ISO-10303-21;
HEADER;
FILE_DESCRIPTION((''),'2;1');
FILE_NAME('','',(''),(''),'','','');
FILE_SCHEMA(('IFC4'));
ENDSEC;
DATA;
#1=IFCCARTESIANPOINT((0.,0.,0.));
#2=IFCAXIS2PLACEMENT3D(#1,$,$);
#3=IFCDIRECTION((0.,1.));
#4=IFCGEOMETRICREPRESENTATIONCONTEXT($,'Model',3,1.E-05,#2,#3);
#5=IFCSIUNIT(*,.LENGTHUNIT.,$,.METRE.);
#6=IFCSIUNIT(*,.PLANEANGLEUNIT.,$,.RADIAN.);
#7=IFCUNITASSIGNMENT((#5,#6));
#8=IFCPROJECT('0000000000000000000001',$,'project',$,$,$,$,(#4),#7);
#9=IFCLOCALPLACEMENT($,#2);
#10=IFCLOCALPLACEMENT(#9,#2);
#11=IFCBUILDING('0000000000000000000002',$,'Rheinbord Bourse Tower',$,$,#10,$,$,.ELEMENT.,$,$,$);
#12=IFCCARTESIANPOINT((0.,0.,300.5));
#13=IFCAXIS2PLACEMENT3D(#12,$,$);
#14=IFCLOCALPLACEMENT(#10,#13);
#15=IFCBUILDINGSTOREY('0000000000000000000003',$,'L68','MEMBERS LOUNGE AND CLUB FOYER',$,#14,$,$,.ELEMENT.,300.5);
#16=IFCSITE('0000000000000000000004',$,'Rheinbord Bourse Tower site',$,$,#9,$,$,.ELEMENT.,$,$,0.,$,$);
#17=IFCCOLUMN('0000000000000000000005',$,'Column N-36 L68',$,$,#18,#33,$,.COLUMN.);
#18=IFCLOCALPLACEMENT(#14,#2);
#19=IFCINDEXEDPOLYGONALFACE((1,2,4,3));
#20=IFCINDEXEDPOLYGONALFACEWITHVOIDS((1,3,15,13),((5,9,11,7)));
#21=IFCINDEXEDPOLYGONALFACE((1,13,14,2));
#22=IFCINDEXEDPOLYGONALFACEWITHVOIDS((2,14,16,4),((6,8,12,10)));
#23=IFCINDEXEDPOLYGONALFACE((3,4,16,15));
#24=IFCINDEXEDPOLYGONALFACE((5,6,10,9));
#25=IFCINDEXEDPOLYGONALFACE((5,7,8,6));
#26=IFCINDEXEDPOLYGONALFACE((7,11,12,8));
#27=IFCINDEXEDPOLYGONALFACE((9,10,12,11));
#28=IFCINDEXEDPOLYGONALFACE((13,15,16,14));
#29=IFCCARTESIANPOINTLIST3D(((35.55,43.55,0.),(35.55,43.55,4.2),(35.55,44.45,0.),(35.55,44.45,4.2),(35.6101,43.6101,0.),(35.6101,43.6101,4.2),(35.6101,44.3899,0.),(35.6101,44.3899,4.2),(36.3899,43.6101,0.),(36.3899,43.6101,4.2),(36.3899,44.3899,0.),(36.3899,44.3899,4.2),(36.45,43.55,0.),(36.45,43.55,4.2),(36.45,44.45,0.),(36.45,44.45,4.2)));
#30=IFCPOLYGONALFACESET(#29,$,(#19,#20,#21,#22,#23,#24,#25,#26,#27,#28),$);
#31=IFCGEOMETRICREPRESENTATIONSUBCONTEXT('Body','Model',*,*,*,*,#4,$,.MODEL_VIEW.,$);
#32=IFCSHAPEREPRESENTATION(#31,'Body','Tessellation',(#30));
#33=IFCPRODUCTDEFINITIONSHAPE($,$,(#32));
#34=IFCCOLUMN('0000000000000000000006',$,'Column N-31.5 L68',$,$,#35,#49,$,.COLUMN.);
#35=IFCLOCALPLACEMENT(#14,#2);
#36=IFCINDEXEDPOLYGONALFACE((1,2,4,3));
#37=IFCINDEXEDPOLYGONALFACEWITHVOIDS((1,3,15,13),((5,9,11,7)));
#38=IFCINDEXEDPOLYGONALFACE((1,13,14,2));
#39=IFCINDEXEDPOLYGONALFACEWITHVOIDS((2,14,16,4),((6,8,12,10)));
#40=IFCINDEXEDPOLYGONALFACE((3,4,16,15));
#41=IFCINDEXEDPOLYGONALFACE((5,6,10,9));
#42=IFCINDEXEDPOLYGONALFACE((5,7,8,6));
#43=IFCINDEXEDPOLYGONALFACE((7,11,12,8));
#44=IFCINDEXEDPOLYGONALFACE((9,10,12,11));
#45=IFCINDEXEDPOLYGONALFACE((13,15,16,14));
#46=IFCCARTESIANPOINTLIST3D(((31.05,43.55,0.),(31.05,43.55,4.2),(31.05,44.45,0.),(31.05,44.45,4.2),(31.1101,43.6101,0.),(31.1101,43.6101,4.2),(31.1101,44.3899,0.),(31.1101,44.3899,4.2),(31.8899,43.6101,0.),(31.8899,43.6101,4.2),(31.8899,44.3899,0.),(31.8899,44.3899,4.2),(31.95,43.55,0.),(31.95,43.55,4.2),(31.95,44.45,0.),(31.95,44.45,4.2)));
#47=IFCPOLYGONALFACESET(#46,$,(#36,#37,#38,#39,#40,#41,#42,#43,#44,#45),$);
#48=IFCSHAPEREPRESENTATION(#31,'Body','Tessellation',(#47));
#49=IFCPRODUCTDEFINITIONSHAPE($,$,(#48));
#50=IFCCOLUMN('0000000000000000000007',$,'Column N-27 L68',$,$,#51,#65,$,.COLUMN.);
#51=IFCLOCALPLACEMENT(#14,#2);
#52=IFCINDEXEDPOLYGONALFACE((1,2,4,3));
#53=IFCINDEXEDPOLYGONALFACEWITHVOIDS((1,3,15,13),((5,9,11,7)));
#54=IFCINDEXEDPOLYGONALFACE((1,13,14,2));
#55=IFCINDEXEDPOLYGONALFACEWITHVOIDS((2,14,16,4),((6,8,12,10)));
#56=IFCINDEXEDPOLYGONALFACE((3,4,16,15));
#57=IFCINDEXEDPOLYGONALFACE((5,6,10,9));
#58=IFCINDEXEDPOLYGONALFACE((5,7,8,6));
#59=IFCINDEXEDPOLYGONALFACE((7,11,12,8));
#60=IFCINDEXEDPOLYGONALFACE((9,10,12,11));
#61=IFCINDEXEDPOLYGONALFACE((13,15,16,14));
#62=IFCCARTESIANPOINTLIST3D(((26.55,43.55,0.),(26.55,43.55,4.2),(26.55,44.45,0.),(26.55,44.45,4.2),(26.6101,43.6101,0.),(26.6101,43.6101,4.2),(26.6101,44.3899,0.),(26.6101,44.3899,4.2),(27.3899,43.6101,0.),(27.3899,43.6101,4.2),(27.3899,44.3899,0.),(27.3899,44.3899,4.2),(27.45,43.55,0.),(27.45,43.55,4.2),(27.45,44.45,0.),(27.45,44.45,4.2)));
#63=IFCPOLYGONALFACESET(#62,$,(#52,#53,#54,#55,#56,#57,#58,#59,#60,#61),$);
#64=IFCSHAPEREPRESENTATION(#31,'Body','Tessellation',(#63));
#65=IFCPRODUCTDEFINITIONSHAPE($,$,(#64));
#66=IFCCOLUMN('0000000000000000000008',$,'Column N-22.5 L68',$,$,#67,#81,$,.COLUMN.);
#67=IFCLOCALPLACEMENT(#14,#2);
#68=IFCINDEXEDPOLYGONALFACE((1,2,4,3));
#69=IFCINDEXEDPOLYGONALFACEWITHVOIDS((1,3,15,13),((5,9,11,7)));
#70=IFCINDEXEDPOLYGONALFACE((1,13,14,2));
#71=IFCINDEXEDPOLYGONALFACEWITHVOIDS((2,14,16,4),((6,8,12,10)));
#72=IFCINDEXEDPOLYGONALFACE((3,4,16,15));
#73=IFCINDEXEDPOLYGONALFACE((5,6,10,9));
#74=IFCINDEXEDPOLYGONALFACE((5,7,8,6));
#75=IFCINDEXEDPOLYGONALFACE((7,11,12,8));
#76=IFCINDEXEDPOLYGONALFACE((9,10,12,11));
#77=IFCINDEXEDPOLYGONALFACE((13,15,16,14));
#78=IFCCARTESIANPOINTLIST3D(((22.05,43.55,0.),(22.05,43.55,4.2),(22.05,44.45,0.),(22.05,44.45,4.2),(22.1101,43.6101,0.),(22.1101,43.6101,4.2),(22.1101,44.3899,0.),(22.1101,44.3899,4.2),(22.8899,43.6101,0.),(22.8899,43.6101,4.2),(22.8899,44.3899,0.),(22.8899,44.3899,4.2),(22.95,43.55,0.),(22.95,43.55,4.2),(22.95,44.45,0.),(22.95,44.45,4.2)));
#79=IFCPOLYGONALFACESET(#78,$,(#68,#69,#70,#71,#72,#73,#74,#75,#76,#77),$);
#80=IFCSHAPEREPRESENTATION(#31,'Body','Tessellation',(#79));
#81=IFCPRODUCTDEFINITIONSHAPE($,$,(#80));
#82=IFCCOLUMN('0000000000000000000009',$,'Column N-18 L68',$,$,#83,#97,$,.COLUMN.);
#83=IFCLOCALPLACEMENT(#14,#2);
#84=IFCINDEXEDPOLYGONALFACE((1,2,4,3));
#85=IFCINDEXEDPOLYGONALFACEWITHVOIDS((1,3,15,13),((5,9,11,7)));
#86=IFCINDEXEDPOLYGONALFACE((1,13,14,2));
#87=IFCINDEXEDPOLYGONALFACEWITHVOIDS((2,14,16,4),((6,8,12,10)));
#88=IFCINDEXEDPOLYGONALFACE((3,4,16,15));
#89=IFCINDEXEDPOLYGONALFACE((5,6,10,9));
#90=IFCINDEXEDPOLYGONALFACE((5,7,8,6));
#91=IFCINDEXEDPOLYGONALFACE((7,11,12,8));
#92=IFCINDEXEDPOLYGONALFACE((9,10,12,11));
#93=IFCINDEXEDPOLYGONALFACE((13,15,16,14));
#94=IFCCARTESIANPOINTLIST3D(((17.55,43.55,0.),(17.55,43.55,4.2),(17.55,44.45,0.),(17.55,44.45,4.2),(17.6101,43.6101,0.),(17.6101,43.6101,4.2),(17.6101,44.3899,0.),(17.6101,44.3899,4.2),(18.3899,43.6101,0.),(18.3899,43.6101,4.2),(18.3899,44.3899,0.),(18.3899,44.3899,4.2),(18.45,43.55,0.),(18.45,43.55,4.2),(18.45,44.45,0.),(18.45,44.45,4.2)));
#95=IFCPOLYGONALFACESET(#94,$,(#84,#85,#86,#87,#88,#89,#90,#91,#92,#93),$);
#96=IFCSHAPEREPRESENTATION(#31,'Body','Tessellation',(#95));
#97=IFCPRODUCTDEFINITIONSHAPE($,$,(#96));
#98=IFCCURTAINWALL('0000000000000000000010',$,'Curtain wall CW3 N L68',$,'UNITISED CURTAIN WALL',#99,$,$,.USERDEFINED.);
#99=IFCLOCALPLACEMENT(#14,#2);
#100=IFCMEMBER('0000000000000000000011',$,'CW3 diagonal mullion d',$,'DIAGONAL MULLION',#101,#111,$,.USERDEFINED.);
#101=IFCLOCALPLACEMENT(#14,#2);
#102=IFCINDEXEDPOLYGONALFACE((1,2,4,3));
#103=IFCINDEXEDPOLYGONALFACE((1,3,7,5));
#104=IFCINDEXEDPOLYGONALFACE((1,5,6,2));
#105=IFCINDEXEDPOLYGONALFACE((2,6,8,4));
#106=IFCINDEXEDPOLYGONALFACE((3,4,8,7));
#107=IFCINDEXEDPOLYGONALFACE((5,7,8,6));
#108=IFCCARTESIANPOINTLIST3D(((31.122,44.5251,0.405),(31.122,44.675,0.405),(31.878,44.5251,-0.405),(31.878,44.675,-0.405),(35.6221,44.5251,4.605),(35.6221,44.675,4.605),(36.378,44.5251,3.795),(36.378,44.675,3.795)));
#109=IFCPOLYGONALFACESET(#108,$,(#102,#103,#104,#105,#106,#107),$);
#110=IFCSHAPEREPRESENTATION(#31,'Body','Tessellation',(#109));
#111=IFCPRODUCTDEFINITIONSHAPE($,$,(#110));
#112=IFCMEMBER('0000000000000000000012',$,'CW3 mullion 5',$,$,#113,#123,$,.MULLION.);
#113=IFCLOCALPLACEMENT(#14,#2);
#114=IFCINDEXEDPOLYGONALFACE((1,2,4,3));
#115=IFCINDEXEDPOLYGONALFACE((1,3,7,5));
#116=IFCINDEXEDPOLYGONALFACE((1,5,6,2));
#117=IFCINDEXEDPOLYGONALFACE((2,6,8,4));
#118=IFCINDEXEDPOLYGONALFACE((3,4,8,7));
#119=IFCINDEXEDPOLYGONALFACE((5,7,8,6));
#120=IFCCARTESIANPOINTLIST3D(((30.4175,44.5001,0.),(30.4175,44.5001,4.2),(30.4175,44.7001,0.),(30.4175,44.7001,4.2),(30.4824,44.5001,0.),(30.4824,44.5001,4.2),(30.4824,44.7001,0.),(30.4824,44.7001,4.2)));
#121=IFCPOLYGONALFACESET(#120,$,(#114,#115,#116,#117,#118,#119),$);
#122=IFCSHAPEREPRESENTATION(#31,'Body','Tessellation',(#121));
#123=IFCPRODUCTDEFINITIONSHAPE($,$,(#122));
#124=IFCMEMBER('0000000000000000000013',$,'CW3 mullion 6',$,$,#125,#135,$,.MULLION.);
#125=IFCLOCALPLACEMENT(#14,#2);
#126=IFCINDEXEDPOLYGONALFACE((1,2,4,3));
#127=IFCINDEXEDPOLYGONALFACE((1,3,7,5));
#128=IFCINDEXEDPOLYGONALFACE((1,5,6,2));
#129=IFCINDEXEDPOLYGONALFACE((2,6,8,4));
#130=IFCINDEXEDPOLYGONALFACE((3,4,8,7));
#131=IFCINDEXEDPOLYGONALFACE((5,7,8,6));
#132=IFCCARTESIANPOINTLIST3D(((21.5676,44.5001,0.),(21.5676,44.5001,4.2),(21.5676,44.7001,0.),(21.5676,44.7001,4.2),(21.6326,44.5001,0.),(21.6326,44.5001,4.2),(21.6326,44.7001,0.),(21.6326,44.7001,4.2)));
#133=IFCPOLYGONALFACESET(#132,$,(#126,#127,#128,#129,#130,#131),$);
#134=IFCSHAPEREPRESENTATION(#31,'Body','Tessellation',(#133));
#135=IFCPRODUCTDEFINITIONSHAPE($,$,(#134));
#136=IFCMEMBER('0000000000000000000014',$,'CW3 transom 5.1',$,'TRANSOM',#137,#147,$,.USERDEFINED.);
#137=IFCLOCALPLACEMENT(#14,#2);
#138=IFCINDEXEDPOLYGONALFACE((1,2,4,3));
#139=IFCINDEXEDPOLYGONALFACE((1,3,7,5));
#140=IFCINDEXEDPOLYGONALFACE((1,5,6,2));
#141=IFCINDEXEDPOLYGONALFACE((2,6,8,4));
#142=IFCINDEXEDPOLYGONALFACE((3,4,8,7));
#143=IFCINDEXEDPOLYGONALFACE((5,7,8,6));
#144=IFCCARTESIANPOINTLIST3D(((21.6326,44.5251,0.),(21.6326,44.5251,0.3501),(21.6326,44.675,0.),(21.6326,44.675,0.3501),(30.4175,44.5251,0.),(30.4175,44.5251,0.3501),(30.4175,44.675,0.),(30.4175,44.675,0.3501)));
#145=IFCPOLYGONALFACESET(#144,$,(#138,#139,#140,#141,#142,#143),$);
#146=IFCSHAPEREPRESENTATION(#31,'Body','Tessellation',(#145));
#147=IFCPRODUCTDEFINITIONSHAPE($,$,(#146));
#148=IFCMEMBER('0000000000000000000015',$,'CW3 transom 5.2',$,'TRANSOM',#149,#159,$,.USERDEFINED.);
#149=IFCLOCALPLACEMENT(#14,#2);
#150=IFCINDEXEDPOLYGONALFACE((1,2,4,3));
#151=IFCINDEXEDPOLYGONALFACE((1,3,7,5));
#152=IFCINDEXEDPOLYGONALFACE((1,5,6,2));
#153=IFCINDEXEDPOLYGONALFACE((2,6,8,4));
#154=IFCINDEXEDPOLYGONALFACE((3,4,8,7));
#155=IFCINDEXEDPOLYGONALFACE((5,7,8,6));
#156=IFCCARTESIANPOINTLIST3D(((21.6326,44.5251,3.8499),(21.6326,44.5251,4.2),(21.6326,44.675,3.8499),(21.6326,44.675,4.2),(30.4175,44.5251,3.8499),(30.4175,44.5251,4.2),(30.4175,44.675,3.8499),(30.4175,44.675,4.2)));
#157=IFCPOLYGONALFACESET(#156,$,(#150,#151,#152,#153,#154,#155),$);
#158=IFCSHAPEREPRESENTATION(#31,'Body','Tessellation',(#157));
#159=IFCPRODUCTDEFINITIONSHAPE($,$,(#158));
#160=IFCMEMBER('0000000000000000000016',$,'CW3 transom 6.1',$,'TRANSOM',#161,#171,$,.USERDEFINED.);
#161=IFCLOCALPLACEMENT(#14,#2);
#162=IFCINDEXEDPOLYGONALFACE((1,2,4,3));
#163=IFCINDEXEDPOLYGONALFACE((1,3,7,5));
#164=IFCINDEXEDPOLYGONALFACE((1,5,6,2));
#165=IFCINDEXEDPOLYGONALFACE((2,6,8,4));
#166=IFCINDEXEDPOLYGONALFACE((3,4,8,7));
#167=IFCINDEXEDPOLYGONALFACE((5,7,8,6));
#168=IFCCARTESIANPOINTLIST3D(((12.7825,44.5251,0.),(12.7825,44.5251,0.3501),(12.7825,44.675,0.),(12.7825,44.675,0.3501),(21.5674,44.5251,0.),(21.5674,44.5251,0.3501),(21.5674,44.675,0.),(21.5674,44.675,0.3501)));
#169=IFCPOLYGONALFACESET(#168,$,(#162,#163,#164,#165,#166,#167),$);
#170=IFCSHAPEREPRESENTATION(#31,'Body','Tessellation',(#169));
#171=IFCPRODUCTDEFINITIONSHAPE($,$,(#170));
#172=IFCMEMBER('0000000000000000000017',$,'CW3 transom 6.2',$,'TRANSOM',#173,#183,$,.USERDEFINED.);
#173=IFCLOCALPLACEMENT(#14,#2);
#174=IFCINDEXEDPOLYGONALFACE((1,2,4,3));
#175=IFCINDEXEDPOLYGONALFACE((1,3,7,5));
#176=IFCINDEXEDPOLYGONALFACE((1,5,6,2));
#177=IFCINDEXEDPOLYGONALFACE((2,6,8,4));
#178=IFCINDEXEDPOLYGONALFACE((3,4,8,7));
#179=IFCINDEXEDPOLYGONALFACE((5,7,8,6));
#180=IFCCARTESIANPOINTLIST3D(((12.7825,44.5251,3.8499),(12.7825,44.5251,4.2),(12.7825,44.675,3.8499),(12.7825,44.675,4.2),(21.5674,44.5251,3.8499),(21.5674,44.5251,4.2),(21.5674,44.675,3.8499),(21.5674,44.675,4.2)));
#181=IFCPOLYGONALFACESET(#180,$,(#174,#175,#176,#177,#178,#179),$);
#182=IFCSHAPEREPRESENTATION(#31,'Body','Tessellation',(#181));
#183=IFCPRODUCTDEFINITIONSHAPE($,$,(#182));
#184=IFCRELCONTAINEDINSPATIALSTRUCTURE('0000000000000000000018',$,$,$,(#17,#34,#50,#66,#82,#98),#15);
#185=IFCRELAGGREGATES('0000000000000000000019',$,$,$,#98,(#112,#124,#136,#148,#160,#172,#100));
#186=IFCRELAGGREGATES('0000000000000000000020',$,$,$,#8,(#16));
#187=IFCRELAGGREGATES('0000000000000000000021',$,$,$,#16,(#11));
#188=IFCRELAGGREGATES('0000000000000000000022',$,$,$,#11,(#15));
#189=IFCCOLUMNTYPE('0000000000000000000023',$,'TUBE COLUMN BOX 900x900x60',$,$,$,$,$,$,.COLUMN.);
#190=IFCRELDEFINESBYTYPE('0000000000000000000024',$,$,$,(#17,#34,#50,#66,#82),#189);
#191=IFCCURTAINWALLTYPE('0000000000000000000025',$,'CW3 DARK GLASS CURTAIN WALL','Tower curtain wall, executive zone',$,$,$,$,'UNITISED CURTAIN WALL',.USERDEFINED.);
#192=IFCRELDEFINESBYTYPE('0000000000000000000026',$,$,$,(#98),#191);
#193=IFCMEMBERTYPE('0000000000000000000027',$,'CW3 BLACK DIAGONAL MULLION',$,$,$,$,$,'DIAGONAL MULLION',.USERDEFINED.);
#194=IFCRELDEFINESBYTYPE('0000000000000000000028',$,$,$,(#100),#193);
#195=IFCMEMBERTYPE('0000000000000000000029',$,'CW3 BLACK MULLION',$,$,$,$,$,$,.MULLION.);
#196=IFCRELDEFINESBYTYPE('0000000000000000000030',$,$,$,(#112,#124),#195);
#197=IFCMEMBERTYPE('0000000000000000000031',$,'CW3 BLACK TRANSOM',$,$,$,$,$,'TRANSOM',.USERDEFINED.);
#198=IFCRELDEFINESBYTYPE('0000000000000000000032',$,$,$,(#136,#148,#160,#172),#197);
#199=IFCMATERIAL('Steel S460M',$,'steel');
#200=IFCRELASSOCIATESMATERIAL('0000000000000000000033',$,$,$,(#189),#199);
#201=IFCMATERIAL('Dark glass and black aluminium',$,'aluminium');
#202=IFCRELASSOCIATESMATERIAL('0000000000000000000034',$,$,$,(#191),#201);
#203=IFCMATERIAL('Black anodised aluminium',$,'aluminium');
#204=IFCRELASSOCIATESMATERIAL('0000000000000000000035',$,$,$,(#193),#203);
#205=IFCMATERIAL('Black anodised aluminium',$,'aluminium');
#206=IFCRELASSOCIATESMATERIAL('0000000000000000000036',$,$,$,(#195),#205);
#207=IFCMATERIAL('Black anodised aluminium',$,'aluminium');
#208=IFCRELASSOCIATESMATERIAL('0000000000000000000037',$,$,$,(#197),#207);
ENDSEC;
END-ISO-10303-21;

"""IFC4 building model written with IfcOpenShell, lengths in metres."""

from ifc_helpers import new_model, si_unit, direction, frame, origin, origin_2d, place, context, subcontext, project, spatial, rectangle, hollow_rectangle, extrude, material, material_profile, profile_set, type_object, element, aggregate, save


model = new_model("IFC4")

# Units and contexts
model_context = context("Model", 3, precision=1e-05, world=origin(), true_north=direction((0.0, 1.0)))
body_context = subcontext(model_context, "Body", "Model", "MODEL_VIEW")
ifc_project = project(units=[si_unit("LENGTHUNIT", "METRE"), si_unit("PLANEANGLEUNIT", "RADIAN")], contexts=[model_context])

# Site, building, storey
site_placement = place(None, origin())
site = spatial("IfcSite", under=ifc_project, at=site_placement, Name="Rheinbord Bourse Tower site", CompositionType="ELEMENT", RefElevation=0.0)
building_placement = place(site_placement, origin())
building = spatial("IfcBuilding", under=site, at=building_placement, Name="Rheinbord Bourse Tower", CompositionType="ELEMENT")
storey_placement = place(building_placement, frame((0.0, 0.0, 300.5)))
storey = spatial("IfcBuildingStorey", under=building, at=storey_placement, Name="L68", Description="MEMBERS LOUNGE AND CLUB FOYER", CompositionType="ELEMENT", Elevation=300.5)

# Columns
ifc_material_1 = material(Name="Steel S460M", Category="steel")
ifc_material_profile_1 = material_profile(ifc_material_1, hollow_rectangle(XDim=0.8999, YDim=0.8999, WallThickness=0.0601, at=origin_2d()), Name="BOX 900x900x60")
ifc_profile_set_1 = profile_set([ifc_material_profile_1], Name="Steel S460M")
column_type = type_object("IfcColumnType", Name="TUBE COLUMN BOX 900x900x60", PredefinedType="COLUMN", material=ifc_profile_set_1)
for number, where, z_axis, x_axis, name in (
    (1, (36.0, 44.0, 0.0), (0.0, 0.0, 1.0), (0.0, 1.0, 0.0), "Column N-36 L68"),
    (2, (31.5, 44.0, 0.0), (0.0, 0.0, 1.0), (0.0, 1.0, 0.0), "Column N-31.5 L68"),
    (3, (27.0, 44.0, 0.0), (0.0, 0.0, 1.0), (0.0, 1.0, 0.0), "Column N-27 L68"),
    (4, (22.5, 44.0, 0.0), (0.0, 0.0, 1.0), (0.0, 1.0, 0.0), "Column N-22.5 L68"),
    (5, (18.0, 44.0, 0.0), (0.0, 0.0, 1.0), (0.0, 1.0, 0.0), "Column N-18 L68"),
):
    element("IfcColumn", number, at=place(storey_placement, frame(where, z_axis=z_axis, x_axis=x_axis)), inside=storey, type_object=column_type, Name=name, PredefinedType="COLUMN", context=body_context, shape_type="SweptSolid", body=[
        extrude(hollow_rectangle(XDim=0.8999, YDim=0.8999, WallThickness=0.0601, at=origin_2d()), origin(), (0.0, 0.0, 1.0), 4.2),
    ])

# Curtain wall, members
ifc_material_2 = material(Name="Dark glass and black aluminium", Category="aluminium")
curtain_wall_type = type_object("IfcCurtainWallType", Name="CW3 DARK GLASS CURTAIN WALL", Description="Tower curtain wall, executive zone", ElementType="UNITISED CURTAIN WALL", PredefinedType="USERDEFINED", material=ifc_material_2)
curtain_wall_placement = place(storey_placement, origin())
curtain_wall = element("IfcCurtainWall", 6, at=curtain_wall_placement, inside=storey, type_object=curtain_wall_type, Name="Curtain wall CW3 N L68", ObjectType="UNITISED CURTAIN WALL", PredefinedType="USERDEFINED")
ifc_material_3 = material(Name="Black anodised aluminium", Category="aluminium")
ifc_material_profile_2 = material_profile(ifc_material_3, rectangle(XDim=0.1499, YDim=1.1079, at=origin_2d()), Name="CW3 DIAGONAL MULLION 1108x150")
ifc_profile_set_2 = profile_set([ifc_material_profile_2], Name="Black anodised aluminium")
member_type_1 = type_object("IfcMemberType", Name="CW3 BLACK DIAGONAL MULLION", ElementType="DIAGONAL MULLION", PredefinedType="USERDEFINED", material=ifc_profile_set_2)
member_1_placement = place(storey_placement, frame((31.5, 44.6001, 0.0), z_axis=(0.731059, 0.0, 0.682314), x_axis=(0.0, 1.0, 0.0)))
member_1 = element("IfcMember", 7, at=member_1_placement, type_object=member_type_1, Name="CW3 diagonal mullion d", ObjectType="DIAGONAL MULLION", PredefinedType="USERDEFINED", context=body_context, shape_type="SweptSolid", body=[
    extrude(rectangle(XDim=0.1499, YDim=1.1079, at=origin_2d()), origin(), (0.0, 0.0, 1.0), 6.1555),
])
ifc_material_4 = material(Name="Black anodised aluminium", Category="aluminium")
ifc_material_profile_3 = material_profile(ifc_material_4, rectangle(XDim=0.2, YDim=0.0649, at=origin_2d()), Name="CW3 MULLION 65x200")
ifc_profile_set_3 = profile_set([ifc_material_profile_3], Name="Black anodised aluminium")
member_type_2 = type_object("IfcMemberType", Name="CW3 BLACK MULLION", PredefinedType="MULLION", material=ifc_profile_set_3)
member_2_placement = place(storey_placement, frame((30.45, 44.6001, 0.0), z_axis=(0.0, 0.0, 1.0), x_axis=(0.0, -1.0, 0.0)))
member_2 = element("IfcMember", 8, at=member_2_placement, type_object=member_type_2, Name="CW3 mullion 5", PredefinedType="MULLION", context=body_context, shape_type="SweptSolid", body=[
    extrude(rectangle(XDim=0.2, YDim=0.0649, at=origin_2d()), origin(), (0.0, 0.0, 1.0), 4.2),
])
member_3_placement = place(storey_placement, frame((21.6001, 44.6001, 0.0), z_axis=(0.0, 0.0, 1.0), x_axis=(0.0, -1.0, 0.0)))
member_3 = element("IfcMember", 9, at=member_3_placement, type_object=member_type_2, Name="CW3 mullion 6", PredefinedType="MULLION", context=body_context, shape_type="SweptSolid", body=[
    extrude(rectangle(XDim=0.2, YDim=0.0649, at=origin_2d()), origin(), (0.0, 0.0, 1.0), 4.2),
])
ifc_material_5 = material(Name="Black anodised aluminium", Category="aluminium")
ifc_material_profile_4 = material_profile(ifc_material_5, rectangle(XDim=0.1499, YDim=0.3501, at=origin_2d()), Name="CW3 TRANSOM 350x150")
ifc_profile_set_4 = profile_set([ifc_material_profile_4], Name="Black anodised aluminium")
member_type_3 = type_object("IfcMemberType", Name="CW3 BLACK TRANSOM", ElementType="TRANSOM", PredefinedType="USERDEFINED", material=ifc_profile_set_4)
member_4_placement = place(storey_placement, frame((30.4175, 44.6001, 0.175), z_axis=(-1.0, 0.0, 0.0), x_axis=(0.0, -1.0, 0.0)))
member_4 = element("IfcMember", 10, at=member_4_placement, type_object=member_type_3, Name="CW3 transom 5.1", ObjectType="TRANSOM", PredefinedType="USERDEFINED", context=body_context, shape_type="SweptSolid", body=[
    extrude(rectangle(XDim=0.1499, YDim=0.3501, at=origin_2d()), origin(), (0.0, 0.0, 1.0), 8.7849),
])
member_5_placement = place(storey_placement, frame((30.4175, 44.6001, 4.0249), z_axis=(-1.0, 0.0, 0.0), x_axis=(0.0, -1.0, 0.0)))
member_5 = element("IfcMember", 11, at=member_5_placement, type_object=member_type_3, Name="CW3 transom 5.2", ObjectType="TRANSOM", PredefinedType="USERDEFINED", context=body_context, shape_type="SweptSolid", body=[
    extrude(rectangle(XDim=0.1499, YDim=0.3501, at=origin_2d()), origin(), (0.0, 0.0, 1.0), 8.7849),
])
member_6_placement = place(storey_placement, frame((21.5674, 44.6001, 0.175), z_axis=(-1.0, 0.0, 0.0), x_axis=(0.0, -1.0, 0.0)))
member_6 = element("IfcMember", 12, at=member_6_placement, type_object=member_type_3, Name="CW3 transom 6.1", ObjectType="TRANSOM", PredefinedType="USERDEFINED", context=body_context, shape_type="SweptSolid", body=[
    extrude(rectangle(XDim=0.1499, YDim=0.3501, at=origin_2d()), origin(), (0.0, 0.0, 1.0), 8.7849),
])
member_7_placement = place(storey_placement, frame((21.5674, 44.6001, 4.0249), z_axis=(-1.0, 0.0, 0.0), x_axis=(0.0, -1.0, 0.0)))
member_7 = element("IfcMember", 13, at=member_7_placement, type_object=member_type_3, Name="CW3 transom 6.2", ObjectType="TRANSOM", PredefinedType="USERDEFINED", context=body_context, shape_type="SweptSolid", body=[
    extrude(rectangle(XDim=0.1499, YDim=0.3501, at=origin_2d()), origin(), (0.0, 0.0, 1.0), 8.7849),
])

aggregate(curtain_wall, [member_2, member_3, member_4, member_5, member_6, member_7, member_1])

save(model, "model.ifc")
